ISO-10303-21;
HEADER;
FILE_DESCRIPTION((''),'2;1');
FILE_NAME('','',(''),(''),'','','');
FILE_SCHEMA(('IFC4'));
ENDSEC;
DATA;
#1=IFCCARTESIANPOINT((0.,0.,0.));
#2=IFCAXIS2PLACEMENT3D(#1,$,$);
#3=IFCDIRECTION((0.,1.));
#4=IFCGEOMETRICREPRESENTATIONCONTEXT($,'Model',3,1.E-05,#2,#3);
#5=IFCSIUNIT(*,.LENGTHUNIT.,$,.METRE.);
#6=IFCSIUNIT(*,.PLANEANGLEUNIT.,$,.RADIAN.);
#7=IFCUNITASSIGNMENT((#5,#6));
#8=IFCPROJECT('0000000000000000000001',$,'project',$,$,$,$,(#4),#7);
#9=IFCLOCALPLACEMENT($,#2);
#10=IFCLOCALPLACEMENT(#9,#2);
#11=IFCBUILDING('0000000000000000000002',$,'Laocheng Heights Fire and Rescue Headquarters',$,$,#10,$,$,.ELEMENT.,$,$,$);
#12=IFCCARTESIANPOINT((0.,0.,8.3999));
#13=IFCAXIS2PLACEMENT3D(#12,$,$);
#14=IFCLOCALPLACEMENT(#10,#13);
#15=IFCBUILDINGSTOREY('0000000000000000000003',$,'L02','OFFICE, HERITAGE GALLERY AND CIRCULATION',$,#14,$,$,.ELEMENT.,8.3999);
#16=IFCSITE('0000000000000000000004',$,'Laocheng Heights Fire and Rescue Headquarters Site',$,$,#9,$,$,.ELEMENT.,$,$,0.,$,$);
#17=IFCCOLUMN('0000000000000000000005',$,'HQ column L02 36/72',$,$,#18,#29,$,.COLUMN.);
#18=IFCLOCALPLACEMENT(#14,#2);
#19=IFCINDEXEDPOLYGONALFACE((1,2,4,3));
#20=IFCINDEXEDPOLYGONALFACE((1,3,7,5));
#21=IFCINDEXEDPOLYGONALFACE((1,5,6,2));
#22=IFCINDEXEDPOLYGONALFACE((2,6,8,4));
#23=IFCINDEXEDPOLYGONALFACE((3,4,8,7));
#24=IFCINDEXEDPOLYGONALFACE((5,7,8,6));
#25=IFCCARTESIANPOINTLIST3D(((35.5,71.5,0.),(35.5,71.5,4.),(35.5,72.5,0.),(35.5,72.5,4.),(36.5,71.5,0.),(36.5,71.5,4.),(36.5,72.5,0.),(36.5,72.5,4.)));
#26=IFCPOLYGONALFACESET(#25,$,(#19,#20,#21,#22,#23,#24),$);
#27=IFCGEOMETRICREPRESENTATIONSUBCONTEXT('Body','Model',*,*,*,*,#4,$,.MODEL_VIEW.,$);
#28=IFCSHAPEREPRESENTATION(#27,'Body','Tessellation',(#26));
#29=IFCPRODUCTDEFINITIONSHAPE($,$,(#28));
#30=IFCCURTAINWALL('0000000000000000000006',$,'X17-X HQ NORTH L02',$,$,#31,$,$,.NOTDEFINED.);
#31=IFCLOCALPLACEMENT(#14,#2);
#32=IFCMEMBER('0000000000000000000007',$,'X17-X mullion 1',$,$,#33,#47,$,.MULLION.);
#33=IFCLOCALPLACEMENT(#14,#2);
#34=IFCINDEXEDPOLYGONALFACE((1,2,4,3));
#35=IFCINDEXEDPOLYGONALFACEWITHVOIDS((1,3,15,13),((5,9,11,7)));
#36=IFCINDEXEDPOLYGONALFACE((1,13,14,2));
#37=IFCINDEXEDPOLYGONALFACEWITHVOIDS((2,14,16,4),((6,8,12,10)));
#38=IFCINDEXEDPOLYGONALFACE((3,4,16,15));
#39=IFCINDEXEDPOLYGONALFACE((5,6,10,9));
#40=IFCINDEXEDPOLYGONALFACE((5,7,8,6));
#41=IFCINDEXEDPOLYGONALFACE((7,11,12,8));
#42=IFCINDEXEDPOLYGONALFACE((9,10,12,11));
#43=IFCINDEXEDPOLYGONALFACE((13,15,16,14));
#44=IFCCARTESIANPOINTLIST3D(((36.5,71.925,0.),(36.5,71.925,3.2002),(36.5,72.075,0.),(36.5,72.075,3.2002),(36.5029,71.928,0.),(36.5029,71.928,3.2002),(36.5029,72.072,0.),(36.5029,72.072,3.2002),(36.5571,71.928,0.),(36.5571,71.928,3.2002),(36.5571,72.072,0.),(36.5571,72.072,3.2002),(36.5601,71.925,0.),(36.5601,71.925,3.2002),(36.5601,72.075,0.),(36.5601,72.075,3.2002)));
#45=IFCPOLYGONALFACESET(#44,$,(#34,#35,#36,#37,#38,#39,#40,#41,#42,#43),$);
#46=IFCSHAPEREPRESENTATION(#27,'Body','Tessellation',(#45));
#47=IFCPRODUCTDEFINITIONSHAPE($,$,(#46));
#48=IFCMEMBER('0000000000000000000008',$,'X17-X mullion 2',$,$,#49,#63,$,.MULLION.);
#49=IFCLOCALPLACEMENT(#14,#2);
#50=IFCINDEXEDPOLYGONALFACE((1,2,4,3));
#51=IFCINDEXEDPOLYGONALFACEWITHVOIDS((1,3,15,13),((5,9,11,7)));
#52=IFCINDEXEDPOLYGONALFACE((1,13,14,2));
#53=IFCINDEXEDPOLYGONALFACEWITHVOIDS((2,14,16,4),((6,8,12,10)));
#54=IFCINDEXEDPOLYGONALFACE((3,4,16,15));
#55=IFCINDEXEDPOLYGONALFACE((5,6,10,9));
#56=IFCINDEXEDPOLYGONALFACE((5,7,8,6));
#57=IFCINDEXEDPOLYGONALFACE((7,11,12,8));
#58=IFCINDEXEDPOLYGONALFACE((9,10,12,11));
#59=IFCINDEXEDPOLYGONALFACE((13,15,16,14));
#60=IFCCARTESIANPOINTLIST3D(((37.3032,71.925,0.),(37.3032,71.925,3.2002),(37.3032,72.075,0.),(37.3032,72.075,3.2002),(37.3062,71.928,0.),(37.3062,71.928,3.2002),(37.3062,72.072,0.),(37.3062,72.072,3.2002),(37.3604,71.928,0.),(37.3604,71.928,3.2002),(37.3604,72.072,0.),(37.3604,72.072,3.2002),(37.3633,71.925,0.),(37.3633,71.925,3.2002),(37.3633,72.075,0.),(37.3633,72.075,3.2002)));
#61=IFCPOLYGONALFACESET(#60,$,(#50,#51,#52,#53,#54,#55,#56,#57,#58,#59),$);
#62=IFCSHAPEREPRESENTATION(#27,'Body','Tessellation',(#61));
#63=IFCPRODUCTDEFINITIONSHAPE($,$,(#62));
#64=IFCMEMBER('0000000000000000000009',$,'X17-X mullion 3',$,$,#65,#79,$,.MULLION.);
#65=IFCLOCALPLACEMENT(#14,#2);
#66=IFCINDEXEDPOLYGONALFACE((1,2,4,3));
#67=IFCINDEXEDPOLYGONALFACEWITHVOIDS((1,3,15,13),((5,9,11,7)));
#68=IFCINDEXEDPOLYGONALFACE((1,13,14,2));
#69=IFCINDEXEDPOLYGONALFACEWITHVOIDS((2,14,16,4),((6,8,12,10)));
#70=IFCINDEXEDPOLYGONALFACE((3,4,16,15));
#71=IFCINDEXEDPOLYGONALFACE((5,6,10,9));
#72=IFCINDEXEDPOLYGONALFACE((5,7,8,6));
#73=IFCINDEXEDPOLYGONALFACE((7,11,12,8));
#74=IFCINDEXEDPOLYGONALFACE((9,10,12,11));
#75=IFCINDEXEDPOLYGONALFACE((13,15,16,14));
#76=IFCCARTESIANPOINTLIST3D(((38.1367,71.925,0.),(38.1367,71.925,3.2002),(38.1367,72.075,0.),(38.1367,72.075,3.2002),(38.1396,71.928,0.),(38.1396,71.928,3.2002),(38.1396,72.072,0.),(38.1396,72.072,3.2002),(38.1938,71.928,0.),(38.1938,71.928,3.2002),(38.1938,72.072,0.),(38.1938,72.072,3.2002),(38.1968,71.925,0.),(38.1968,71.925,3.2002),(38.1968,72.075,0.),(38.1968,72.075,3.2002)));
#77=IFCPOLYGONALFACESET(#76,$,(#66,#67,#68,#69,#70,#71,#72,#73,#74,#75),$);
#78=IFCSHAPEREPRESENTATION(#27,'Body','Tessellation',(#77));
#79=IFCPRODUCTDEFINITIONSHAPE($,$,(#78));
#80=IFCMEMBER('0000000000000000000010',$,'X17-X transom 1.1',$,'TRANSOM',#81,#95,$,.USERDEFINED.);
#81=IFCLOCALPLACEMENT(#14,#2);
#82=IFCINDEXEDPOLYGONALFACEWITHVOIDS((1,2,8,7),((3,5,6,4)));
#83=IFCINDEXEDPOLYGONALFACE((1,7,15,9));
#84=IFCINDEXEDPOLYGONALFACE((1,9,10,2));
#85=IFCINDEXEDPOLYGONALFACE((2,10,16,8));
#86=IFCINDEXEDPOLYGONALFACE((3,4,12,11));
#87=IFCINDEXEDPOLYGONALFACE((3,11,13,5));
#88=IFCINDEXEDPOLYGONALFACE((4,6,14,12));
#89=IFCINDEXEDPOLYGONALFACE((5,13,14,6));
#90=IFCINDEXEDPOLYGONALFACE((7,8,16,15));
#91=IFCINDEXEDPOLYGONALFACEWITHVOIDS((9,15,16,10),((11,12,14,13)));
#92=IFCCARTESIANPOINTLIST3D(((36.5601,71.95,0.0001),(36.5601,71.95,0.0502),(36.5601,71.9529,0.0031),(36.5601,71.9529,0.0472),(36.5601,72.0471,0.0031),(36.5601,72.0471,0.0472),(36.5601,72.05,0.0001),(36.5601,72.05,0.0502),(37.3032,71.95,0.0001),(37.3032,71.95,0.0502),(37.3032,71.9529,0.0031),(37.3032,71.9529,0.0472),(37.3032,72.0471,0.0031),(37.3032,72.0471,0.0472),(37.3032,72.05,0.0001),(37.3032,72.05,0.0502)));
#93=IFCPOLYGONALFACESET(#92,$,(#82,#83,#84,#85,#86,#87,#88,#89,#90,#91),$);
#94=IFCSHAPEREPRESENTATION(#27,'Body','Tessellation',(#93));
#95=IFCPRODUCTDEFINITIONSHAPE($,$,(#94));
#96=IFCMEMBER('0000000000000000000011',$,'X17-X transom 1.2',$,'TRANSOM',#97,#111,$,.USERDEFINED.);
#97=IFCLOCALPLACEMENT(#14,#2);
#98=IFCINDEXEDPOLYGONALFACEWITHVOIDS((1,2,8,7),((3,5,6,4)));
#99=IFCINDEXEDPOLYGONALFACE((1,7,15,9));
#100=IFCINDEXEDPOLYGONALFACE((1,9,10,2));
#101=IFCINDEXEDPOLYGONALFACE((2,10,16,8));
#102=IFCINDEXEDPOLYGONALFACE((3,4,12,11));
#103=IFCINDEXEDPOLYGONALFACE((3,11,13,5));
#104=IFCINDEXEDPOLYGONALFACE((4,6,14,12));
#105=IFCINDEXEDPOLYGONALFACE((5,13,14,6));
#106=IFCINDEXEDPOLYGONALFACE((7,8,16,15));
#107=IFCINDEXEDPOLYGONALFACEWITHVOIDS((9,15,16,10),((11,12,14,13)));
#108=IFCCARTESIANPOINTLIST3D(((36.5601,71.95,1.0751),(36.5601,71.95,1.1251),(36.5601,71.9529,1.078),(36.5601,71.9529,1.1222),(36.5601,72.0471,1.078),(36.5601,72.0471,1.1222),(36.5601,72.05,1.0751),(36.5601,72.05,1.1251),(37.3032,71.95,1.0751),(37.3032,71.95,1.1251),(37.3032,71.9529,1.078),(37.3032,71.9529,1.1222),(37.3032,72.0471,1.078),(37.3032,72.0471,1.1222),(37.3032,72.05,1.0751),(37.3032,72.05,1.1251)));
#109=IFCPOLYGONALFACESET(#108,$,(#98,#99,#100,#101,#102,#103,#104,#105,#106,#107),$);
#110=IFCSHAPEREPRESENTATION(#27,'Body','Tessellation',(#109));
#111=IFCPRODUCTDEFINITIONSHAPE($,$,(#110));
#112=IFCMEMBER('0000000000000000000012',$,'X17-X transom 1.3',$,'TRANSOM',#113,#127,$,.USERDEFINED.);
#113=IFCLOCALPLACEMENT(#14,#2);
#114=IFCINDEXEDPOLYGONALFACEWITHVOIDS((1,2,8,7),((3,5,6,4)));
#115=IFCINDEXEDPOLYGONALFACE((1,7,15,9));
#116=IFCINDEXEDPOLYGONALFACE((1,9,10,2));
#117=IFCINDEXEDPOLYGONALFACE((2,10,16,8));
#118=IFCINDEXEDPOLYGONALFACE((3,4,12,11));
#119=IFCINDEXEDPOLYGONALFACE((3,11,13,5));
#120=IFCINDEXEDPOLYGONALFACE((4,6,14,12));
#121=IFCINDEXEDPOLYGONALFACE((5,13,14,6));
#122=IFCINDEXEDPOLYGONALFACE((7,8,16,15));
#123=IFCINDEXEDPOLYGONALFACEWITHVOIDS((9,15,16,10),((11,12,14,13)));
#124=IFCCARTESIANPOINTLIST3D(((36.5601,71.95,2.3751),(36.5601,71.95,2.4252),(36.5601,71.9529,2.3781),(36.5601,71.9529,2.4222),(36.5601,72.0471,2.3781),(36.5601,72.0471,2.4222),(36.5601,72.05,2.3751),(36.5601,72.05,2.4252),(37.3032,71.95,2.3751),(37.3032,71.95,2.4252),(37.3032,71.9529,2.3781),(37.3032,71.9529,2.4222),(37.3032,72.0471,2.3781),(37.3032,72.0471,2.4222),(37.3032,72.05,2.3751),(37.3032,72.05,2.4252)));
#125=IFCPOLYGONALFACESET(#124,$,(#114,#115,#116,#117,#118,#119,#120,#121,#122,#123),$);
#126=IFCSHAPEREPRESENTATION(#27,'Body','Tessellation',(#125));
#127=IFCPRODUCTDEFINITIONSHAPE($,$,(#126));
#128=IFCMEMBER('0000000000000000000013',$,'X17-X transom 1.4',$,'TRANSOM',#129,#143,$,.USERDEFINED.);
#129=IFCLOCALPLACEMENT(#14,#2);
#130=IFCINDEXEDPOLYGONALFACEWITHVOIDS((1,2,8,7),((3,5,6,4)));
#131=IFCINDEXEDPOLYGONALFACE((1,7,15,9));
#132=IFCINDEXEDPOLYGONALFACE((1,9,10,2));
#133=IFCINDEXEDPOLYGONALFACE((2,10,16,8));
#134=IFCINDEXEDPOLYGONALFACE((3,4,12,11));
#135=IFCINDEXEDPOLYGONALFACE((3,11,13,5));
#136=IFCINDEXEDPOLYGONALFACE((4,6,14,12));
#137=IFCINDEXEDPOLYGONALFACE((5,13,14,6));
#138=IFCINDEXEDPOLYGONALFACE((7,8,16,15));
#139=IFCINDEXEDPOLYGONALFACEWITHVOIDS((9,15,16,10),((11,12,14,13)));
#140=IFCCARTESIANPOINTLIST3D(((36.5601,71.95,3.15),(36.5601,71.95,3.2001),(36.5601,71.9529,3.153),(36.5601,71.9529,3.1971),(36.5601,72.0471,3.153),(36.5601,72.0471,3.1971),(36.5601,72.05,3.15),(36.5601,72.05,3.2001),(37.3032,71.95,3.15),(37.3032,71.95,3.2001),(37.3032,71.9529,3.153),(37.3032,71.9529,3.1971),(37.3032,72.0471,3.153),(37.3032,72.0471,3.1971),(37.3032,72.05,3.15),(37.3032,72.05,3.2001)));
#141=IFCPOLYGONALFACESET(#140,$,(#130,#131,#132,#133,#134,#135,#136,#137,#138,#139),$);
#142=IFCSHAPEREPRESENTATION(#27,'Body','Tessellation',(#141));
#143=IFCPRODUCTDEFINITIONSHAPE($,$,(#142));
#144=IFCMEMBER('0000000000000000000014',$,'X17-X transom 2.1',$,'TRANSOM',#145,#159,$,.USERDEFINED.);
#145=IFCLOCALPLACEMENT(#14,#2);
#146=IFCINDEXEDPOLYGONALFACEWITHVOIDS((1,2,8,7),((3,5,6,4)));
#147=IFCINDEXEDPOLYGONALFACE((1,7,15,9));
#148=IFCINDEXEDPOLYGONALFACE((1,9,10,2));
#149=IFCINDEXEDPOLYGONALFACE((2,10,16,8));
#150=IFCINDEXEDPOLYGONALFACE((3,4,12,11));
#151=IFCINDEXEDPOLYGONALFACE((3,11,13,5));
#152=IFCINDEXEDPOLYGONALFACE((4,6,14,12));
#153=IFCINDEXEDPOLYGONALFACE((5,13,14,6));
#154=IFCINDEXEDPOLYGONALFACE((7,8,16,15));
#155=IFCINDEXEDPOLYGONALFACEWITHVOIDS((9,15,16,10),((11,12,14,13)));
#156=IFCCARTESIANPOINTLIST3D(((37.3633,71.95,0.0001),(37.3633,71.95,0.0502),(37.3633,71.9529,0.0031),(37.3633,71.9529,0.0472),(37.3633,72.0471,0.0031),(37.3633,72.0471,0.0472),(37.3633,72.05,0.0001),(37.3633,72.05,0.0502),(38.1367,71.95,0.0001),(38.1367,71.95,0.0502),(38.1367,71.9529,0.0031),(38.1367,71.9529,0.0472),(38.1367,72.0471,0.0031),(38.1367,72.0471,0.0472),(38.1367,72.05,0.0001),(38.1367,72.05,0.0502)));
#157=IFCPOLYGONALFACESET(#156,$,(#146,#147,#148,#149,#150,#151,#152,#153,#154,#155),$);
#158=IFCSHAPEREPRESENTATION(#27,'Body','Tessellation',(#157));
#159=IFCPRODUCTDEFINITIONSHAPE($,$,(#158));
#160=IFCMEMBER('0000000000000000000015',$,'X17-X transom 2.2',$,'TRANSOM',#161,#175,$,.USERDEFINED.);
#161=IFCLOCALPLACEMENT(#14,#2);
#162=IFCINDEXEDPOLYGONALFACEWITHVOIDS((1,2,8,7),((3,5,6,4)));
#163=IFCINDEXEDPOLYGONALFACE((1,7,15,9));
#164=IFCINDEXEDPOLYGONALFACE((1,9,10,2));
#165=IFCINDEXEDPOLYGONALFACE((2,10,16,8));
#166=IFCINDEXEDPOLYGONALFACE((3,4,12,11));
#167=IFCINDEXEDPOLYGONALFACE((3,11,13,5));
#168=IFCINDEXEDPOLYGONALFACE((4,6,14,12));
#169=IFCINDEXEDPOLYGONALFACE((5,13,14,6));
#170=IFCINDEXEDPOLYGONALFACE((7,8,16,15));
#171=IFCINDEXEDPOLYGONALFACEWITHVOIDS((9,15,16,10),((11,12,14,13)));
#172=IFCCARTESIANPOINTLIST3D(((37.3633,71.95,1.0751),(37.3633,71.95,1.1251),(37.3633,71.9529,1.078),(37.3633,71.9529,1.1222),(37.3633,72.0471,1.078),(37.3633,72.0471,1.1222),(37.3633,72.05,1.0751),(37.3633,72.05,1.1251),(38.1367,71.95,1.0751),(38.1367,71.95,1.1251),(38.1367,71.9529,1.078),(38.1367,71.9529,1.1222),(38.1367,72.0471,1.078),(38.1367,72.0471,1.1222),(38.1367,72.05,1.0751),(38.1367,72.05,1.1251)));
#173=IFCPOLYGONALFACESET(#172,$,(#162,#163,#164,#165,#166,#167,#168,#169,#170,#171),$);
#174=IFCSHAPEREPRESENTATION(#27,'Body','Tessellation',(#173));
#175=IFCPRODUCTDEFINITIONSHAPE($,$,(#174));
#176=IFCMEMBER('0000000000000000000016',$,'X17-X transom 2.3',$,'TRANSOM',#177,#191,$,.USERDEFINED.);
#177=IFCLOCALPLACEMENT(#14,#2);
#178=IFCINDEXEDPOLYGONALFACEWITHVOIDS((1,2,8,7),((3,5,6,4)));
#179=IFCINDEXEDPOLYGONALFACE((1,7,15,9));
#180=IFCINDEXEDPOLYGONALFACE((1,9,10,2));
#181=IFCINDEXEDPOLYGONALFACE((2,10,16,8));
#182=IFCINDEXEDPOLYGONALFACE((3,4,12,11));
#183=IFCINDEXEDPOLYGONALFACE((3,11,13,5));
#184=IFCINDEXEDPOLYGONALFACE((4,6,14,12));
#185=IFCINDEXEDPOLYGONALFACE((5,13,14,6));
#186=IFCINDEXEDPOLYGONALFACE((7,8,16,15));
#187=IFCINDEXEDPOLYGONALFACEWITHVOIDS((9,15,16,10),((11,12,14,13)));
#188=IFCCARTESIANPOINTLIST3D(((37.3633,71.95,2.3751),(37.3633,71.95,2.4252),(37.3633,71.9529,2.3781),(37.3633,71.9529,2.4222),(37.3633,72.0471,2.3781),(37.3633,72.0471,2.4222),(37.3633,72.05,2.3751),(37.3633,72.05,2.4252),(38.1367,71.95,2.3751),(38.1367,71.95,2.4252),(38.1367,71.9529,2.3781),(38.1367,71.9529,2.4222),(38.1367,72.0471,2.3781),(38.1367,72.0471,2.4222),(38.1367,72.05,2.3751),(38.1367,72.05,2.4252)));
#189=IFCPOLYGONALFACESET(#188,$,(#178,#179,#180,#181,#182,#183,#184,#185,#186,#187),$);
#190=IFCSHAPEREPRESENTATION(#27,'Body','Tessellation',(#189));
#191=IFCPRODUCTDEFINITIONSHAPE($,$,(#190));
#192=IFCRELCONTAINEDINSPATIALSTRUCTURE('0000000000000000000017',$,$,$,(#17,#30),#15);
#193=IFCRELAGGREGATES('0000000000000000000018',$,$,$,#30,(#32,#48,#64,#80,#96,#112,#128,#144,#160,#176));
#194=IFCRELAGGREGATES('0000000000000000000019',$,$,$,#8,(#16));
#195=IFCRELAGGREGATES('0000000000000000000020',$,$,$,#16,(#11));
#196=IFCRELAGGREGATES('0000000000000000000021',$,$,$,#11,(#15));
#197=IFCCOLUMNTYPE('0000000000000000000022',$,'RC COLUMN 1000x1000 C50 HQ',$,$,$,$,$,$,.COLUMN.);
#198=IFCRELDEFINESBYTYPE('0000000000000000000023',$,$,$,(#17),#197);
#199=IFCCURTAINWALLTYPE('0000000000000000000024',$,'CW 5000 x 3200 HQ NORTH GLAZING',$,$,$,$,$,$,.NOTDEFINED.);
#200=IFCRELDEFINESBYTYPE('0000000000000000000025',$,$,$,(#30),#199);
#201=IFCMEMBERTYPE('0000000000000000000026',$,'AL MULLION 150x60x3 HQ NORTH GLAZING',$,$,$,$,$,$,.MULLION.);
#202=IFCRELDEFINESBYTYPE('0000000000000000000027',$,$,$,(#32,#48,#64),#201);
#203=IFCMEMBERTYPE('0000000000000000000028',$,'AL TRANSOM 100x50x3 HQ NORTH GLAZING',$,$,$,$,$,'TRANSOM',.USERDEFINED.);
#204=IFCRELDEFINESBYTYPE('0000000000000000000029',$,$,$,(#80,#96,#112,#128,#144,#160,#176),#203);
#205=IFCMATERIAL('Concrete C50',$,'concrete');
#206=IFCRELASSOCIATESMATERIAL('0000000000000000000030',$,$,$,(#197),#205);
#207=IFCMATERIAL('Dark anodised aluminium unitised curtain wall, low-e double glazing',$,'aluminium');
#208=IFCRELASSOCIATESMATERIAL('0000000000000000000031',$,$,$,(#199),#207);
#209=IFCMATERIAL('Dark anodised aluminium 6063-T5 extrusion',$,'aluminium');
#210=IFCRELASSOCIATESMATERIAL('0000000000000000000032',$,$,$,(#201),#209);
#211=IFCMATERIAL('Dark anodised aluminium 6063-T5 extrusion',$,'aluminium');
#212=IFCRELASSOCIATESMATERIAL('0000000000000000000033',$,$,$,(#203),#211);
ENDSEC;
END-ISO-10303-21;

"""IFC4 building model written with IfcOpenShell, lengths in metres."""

from ifc_helpers import new_model, si_unit, direction, frame, origin, origin_2d, place, context, subcontext, project, spatial, rectangle, hollow_rectangle, extrude, material, material_profile, profile_set, type_object, element, aggregate, save


model = new_model("IFC4")

# Units and contexts
model_context = context("Model", 3, precision=1e-05, world=origin(), true_north=direction((0.0, 1.0)))
body_context = subcontext(model_context, "Body", "Model", "MODEL_VIEW")
ifc_project = project(units=[si_unit("LENGTHUNIT", "METRE"), si_unit("PLANEANGLEUNIT", "RADIAN")], contexts=[model_context])

# Site, building, storey
site_placement = place(None, origin())
site = spatial("IfcSite", under=ifc_project, at=site_placement, Name="Laocheng Heights Fire and Rescue Headquarters Site", CompositionType="ELEMENT", RefElevation=0.0)
building_placement = place(site_placement, origin())
building = spatial("IfcBuilding", under=site, at=building_placement, Name="Laocheng Heights Fire and Rescue Headquarters", CompositionType="ELEMENT")
storey_placement = place(building_placement, frame((0.0, 0.0, 8.3999)))
storey = spatial("IfcBuildingStorey", under=building, at=storey_placement, Name="L02", Description="OFFICE, HERITAGE GALLERY AND CIRCULATION", CompositionType="ELEMENT", Elevation=8.3999)

# Column
ifc_material_1 = material(Name="Concrete C50", Category="concrete")
ifc_material_profile_1 = material_profile(ifc_material_1, rectangle(XDim=1.0, YDim=1.0, at=origin_2d()), Name="RC COLUMN 1000x1000 C50 HQ")
ifc_profile_set_1 = profile_set([ifc_material_profile_1], Name="Concrete C50")
column_type = type_object("IfcColumnType", Name="RC COLUMN 1000x1000 C50 HQ", PredefinedType="COLUMN", material=ifc_profile_set_1)
column_placement = place(storey_placement, frame((36.0, 72.0, 0.0), z_axis=(0.0, 0.0, 1.0), x_axis=(1.0, 0.0, 0.0)))
element("IfcColumn", 1, at=column_placement, inside=storey, type_object=column_type, Name="HQ column L02 36/72", PredefinedType="COLUMN", context=body_context, shape_type="SweptSolid", body=[
    extrude(rectangle(XDim=1.0, YDim=1.0, at=origin_2d()), origin(), (0.0, 0.0, 1.0), 4.0),
])

# Curtain wall, members
ifc_material_2 = material(Name="Dark anodised aluminium unitised curtain wall, low-e double glazing", Category="aluminium")
curtain_wall_type = type_object("IfcCurtainWallType", Name="CW 5000 x 3200 HQ NORTH GLAZING", PredefinedType="NOTDEFINED", material=ifc_material_2)
curtain_wall_placement = place(storey_placement, origin())
curtain_wall = element("IfcCurtainWall", 2, at=curtain_wall_placement, inside=storey, type_object=curtain_wall_type, Name="X17-X HQ NORTH L02", PredefinedType="NOTDEFINED")
ifc_material_3 = material(Name="Dark anodised aluminium 6063-T5 extrusion", Category="aluminium")
ifc_material_profile_2 = material_profile(ifc_material_3, hollow_rectangle(XDim=0.1499, YDim=0.0601, WallThickness=0.0029, at=origin_2d()), Name="AL MULLION 150x60x3 HQ NORTH GLAZING")
ifc_profile_set_2 = profile_set([ifc_material_profile_2], Name="Dark anodised aluminium 6063-T5 extrusion")
member_type_1 = type_object("IfcMemberType", Name="AL MULLION 150x60x3 HQ NORTH GLAZING", PredefinedType="MULLION", material=ifc_profile_set_2)
member_1_placement = place(storey_placement, frame((36.53, 72.0, 0.0), z_axis=(0.0, 0.0, 1.0), x_axis=(0.0, 1.0, 0.0)))
member_1 = element("IfcMember", 3, at=member_1_placement, type_object=member_type_1, Name="X17-X mullion 1", PredefinedType="MULLION", context=body_context, shape_type="SweptSolid", body=[
    extrude(hollow_rectangle(XDim=0.1499, YDim=0.0601, WallThickness=0.0029, at=origin_2d()), origin(), (0.0, 0.0, 1.0), 3.2002),
])
member_2_placement = place(storey_placement, frame((37.3333, 72.0, 0.0), z_axis=(0.0, 0.0, 1.0), x_axis=(0.0, 1.0, 0.0)))
member_2 = element("IfcMember", 4, at=member_2_placement, type_object=member_type_1, Name="X17-X mullion 2", PredefinedType="MULLION", context=body_context, shape_type="SweptSolid", body=[
    extrude(hollow_rectangle(XDim=0.1499, YDim=0.0601, WallThickness=0.0029, at=origin_2d()), origin(), (0.0, 0.0, 1.0), 3.2002),
])
member_3_placement = place(storey_placement, frame((38.1667, 72.0, 0.0), z_axis=(0.0, 0.0, 1.0), x_axis=(0.0, 1.0, 0.0)))
member_3 = element("IfcMember", 5, at=member_3_placement, type_object=member_type_1, Name="X17-X mullion 3", PredefinedType="MULLION", context=body_context, shape_type="SweptSolid", body=[
    extrude(hollow_rectangle(XDim=0.1499, YDim=0.0601, WallThickness=0.0029, at=origin_2d()), origin(), (0.0, 0.0, 1.0), 3.2002),
])
ifc_material_4 = material(Name="Dark anodised aluminium 6063-T5 extrusion", Category="aluminium")
ifc_material_profile_3 = material_profile(ifc_material_4, hollow_rectangle(XDim=0.1001, YDim=0.05, WallThickness=0.0029, at=origin_2d()), Name="AL TRANSOM 100x50x3 HQ NORTH GLAZING")
ifc_profile_set_3 = profile_set([ifc_material_profile_3], Name="Dark anodised aluminium 6063-T5 extrusion")
member_type_2 = type_object("IfcMemberType", Name="AL TRANSOM 100x50x3 HQ NORTH GLAZING", ElementType="TRANSOM", PredefinedType="USERDEFINED", material=ifc_profile_set_3)
member_4_placement = place(storey_placement, frame((36.5601, 72.0, 0.0251), z_axis=(1.0, 0.0, 0.0), x_axis=(0.0, 1.0, 0.0)))
member_4 = element("IfcMember", 6, at=member_4_placement, type_object=member_type_2, Name="X17-X transom 1.1", ObjectType="TRANSOM", PredefinedType="USERDEFINED", context=body_context, shape_type="SweptSolid", body=[
    extrude(hollow_rectangle(XDim=0.1001, YDim=0.05, WallThickness=0.0029, at=origin_2d()), origin(), (0.0, 0.0, 1.0), 0.7432),
])
member_5_placement = place(storey_placement, frame((36.5601, 72.0, 1.1001), z_axis=(1.0, 0.0, 0.0), x_axis=(0.0, 1.0, 0.0)))
member_5 = element("IfcMember", 7, at=member_5_placement, type_object=member_type_2, Name="X17-X transom 1.2", ObjectType="TRANSOM", PredefinedType="USERDEFINED", context=body_context, shape_type="SweptSolid", body=[
    extrude(hollow_rectangle(XDim=0.1001, YDim=0.05, WallThickness=0.0029, at=origin_2d()), origin(), (0.0, 0.0, 1.0), 0.7432),
])
member_6_placement = place(storey_placement, frame((36.5601, 72.0, 2.4001), z_axis=(1.0, 0.0, 0.0), x_axis=(0.0, 1.0, 0.0)))
member_6 = element("IfcMember", 8, at=member_6_placement, type_object=member_type_2, Name="X17-X transom 1.3", ObjectType="TRANSOM", PredefinedType="USERDEFINED", context=body_context, shape_type="SweptSolid", body=[
    extrude(hollow_rectangle(XDim=0.1001, YDim=0.05, WallThickness=0.0029, at=origin_2d()), origin(), (0.0, 0.0, 1.0), 0.7432),
])
member_7_placement = place(storey_placement, frame((36.5601, 72.0, 3.175), z_axis=(1.0, 0.0, 0.0), x_axis=(0.0, 1.0, 0.0)))
member_7 = element("IfcMember", 9, at=member_7_placement, type_object=member_type_2, Name="X17-X transom 1.4", ObjectType="TRANSOM", PredefinedType="USERDEFINED", context=body_context, shape_type="SweptSolid", body=[
    extrude(hollow_rectangle(XDim=0.1001, YDim=0.05, WallThickness=0.0029, at=origin_2d()), origin(), (0.0, 0.0, 1.0), 0.7432),
])
member_8_placement = place(storey_placement, frame((37.3633, 72.0, 0.0251), z_axis=(1.0, 0.0, 0.0), x_axis=(0.0, 1.0, 0.0)))
member_8 = element("IfcMember", 10, at=member_8_placement, type_object=member_type_2, Name="X17-X transom 2.1", ObjectType="TRANSOM", PredefinedType="USERDEFINED", context=body_context, shape_type="SweptSolid", body=[
    extrude(hollow_rectangle(XDim=0.1001, YDim=0.05, WallThickness=0.0029, at=origin_2d()), origin(), (0.0, 0.0, 1.0), 0.7734),
])
member_9_placement = place(storey_placement, frame((37.3633, 72.0, 1.1001), z_axis=(1.0, 0.0, 0.0), x_axis=(0.0, 1.0, 0.0)))
member_9 = element("IfcMember", 11, at=member_9_placement, type_object=member_type_2, Name="X17-X transom 2.2", ObjectType="TRANSOM", PredefinedType="USERDEFINED", context=body_context, shape_type="SweptSolid", body=[
    extrude(hollow_rectangle(XDim=0.1001, YDim=0.05, WallThickness=0.0029, at=origin_2d()), origin(), (0.0, 0.0, 1.0), 0.7734),
])
member_10_placement = place(storey_placement, frame((37.3633, 72.0, 2.4001), z_axis=(1.0, 0.0, 0.0), x_axis=(0.0, 1.0, 0.0)))
member_10 = element("IfcMember", 12, at=member_10_placement, type_object=member_type_2, Name="X17-X transom 2.3", ObjectType="TRANSOM", PredefinedType="USERDEFINED", context=body_context, shape_type="SweptSolid", body=[
    extrude(hollow_rectangle(XDim=0.1001, YDim=0.05, WallThickness=0.0029, at=origin_2d()), origin(), (0.0, 0.0, 1.0), 0.7734),
])

aggregate(curtain_wall, [member_1, member_2, member_3, member_4, member_5, member_6, member_7, member_8, member_9, member_10])

save(model, "model.ifc")
